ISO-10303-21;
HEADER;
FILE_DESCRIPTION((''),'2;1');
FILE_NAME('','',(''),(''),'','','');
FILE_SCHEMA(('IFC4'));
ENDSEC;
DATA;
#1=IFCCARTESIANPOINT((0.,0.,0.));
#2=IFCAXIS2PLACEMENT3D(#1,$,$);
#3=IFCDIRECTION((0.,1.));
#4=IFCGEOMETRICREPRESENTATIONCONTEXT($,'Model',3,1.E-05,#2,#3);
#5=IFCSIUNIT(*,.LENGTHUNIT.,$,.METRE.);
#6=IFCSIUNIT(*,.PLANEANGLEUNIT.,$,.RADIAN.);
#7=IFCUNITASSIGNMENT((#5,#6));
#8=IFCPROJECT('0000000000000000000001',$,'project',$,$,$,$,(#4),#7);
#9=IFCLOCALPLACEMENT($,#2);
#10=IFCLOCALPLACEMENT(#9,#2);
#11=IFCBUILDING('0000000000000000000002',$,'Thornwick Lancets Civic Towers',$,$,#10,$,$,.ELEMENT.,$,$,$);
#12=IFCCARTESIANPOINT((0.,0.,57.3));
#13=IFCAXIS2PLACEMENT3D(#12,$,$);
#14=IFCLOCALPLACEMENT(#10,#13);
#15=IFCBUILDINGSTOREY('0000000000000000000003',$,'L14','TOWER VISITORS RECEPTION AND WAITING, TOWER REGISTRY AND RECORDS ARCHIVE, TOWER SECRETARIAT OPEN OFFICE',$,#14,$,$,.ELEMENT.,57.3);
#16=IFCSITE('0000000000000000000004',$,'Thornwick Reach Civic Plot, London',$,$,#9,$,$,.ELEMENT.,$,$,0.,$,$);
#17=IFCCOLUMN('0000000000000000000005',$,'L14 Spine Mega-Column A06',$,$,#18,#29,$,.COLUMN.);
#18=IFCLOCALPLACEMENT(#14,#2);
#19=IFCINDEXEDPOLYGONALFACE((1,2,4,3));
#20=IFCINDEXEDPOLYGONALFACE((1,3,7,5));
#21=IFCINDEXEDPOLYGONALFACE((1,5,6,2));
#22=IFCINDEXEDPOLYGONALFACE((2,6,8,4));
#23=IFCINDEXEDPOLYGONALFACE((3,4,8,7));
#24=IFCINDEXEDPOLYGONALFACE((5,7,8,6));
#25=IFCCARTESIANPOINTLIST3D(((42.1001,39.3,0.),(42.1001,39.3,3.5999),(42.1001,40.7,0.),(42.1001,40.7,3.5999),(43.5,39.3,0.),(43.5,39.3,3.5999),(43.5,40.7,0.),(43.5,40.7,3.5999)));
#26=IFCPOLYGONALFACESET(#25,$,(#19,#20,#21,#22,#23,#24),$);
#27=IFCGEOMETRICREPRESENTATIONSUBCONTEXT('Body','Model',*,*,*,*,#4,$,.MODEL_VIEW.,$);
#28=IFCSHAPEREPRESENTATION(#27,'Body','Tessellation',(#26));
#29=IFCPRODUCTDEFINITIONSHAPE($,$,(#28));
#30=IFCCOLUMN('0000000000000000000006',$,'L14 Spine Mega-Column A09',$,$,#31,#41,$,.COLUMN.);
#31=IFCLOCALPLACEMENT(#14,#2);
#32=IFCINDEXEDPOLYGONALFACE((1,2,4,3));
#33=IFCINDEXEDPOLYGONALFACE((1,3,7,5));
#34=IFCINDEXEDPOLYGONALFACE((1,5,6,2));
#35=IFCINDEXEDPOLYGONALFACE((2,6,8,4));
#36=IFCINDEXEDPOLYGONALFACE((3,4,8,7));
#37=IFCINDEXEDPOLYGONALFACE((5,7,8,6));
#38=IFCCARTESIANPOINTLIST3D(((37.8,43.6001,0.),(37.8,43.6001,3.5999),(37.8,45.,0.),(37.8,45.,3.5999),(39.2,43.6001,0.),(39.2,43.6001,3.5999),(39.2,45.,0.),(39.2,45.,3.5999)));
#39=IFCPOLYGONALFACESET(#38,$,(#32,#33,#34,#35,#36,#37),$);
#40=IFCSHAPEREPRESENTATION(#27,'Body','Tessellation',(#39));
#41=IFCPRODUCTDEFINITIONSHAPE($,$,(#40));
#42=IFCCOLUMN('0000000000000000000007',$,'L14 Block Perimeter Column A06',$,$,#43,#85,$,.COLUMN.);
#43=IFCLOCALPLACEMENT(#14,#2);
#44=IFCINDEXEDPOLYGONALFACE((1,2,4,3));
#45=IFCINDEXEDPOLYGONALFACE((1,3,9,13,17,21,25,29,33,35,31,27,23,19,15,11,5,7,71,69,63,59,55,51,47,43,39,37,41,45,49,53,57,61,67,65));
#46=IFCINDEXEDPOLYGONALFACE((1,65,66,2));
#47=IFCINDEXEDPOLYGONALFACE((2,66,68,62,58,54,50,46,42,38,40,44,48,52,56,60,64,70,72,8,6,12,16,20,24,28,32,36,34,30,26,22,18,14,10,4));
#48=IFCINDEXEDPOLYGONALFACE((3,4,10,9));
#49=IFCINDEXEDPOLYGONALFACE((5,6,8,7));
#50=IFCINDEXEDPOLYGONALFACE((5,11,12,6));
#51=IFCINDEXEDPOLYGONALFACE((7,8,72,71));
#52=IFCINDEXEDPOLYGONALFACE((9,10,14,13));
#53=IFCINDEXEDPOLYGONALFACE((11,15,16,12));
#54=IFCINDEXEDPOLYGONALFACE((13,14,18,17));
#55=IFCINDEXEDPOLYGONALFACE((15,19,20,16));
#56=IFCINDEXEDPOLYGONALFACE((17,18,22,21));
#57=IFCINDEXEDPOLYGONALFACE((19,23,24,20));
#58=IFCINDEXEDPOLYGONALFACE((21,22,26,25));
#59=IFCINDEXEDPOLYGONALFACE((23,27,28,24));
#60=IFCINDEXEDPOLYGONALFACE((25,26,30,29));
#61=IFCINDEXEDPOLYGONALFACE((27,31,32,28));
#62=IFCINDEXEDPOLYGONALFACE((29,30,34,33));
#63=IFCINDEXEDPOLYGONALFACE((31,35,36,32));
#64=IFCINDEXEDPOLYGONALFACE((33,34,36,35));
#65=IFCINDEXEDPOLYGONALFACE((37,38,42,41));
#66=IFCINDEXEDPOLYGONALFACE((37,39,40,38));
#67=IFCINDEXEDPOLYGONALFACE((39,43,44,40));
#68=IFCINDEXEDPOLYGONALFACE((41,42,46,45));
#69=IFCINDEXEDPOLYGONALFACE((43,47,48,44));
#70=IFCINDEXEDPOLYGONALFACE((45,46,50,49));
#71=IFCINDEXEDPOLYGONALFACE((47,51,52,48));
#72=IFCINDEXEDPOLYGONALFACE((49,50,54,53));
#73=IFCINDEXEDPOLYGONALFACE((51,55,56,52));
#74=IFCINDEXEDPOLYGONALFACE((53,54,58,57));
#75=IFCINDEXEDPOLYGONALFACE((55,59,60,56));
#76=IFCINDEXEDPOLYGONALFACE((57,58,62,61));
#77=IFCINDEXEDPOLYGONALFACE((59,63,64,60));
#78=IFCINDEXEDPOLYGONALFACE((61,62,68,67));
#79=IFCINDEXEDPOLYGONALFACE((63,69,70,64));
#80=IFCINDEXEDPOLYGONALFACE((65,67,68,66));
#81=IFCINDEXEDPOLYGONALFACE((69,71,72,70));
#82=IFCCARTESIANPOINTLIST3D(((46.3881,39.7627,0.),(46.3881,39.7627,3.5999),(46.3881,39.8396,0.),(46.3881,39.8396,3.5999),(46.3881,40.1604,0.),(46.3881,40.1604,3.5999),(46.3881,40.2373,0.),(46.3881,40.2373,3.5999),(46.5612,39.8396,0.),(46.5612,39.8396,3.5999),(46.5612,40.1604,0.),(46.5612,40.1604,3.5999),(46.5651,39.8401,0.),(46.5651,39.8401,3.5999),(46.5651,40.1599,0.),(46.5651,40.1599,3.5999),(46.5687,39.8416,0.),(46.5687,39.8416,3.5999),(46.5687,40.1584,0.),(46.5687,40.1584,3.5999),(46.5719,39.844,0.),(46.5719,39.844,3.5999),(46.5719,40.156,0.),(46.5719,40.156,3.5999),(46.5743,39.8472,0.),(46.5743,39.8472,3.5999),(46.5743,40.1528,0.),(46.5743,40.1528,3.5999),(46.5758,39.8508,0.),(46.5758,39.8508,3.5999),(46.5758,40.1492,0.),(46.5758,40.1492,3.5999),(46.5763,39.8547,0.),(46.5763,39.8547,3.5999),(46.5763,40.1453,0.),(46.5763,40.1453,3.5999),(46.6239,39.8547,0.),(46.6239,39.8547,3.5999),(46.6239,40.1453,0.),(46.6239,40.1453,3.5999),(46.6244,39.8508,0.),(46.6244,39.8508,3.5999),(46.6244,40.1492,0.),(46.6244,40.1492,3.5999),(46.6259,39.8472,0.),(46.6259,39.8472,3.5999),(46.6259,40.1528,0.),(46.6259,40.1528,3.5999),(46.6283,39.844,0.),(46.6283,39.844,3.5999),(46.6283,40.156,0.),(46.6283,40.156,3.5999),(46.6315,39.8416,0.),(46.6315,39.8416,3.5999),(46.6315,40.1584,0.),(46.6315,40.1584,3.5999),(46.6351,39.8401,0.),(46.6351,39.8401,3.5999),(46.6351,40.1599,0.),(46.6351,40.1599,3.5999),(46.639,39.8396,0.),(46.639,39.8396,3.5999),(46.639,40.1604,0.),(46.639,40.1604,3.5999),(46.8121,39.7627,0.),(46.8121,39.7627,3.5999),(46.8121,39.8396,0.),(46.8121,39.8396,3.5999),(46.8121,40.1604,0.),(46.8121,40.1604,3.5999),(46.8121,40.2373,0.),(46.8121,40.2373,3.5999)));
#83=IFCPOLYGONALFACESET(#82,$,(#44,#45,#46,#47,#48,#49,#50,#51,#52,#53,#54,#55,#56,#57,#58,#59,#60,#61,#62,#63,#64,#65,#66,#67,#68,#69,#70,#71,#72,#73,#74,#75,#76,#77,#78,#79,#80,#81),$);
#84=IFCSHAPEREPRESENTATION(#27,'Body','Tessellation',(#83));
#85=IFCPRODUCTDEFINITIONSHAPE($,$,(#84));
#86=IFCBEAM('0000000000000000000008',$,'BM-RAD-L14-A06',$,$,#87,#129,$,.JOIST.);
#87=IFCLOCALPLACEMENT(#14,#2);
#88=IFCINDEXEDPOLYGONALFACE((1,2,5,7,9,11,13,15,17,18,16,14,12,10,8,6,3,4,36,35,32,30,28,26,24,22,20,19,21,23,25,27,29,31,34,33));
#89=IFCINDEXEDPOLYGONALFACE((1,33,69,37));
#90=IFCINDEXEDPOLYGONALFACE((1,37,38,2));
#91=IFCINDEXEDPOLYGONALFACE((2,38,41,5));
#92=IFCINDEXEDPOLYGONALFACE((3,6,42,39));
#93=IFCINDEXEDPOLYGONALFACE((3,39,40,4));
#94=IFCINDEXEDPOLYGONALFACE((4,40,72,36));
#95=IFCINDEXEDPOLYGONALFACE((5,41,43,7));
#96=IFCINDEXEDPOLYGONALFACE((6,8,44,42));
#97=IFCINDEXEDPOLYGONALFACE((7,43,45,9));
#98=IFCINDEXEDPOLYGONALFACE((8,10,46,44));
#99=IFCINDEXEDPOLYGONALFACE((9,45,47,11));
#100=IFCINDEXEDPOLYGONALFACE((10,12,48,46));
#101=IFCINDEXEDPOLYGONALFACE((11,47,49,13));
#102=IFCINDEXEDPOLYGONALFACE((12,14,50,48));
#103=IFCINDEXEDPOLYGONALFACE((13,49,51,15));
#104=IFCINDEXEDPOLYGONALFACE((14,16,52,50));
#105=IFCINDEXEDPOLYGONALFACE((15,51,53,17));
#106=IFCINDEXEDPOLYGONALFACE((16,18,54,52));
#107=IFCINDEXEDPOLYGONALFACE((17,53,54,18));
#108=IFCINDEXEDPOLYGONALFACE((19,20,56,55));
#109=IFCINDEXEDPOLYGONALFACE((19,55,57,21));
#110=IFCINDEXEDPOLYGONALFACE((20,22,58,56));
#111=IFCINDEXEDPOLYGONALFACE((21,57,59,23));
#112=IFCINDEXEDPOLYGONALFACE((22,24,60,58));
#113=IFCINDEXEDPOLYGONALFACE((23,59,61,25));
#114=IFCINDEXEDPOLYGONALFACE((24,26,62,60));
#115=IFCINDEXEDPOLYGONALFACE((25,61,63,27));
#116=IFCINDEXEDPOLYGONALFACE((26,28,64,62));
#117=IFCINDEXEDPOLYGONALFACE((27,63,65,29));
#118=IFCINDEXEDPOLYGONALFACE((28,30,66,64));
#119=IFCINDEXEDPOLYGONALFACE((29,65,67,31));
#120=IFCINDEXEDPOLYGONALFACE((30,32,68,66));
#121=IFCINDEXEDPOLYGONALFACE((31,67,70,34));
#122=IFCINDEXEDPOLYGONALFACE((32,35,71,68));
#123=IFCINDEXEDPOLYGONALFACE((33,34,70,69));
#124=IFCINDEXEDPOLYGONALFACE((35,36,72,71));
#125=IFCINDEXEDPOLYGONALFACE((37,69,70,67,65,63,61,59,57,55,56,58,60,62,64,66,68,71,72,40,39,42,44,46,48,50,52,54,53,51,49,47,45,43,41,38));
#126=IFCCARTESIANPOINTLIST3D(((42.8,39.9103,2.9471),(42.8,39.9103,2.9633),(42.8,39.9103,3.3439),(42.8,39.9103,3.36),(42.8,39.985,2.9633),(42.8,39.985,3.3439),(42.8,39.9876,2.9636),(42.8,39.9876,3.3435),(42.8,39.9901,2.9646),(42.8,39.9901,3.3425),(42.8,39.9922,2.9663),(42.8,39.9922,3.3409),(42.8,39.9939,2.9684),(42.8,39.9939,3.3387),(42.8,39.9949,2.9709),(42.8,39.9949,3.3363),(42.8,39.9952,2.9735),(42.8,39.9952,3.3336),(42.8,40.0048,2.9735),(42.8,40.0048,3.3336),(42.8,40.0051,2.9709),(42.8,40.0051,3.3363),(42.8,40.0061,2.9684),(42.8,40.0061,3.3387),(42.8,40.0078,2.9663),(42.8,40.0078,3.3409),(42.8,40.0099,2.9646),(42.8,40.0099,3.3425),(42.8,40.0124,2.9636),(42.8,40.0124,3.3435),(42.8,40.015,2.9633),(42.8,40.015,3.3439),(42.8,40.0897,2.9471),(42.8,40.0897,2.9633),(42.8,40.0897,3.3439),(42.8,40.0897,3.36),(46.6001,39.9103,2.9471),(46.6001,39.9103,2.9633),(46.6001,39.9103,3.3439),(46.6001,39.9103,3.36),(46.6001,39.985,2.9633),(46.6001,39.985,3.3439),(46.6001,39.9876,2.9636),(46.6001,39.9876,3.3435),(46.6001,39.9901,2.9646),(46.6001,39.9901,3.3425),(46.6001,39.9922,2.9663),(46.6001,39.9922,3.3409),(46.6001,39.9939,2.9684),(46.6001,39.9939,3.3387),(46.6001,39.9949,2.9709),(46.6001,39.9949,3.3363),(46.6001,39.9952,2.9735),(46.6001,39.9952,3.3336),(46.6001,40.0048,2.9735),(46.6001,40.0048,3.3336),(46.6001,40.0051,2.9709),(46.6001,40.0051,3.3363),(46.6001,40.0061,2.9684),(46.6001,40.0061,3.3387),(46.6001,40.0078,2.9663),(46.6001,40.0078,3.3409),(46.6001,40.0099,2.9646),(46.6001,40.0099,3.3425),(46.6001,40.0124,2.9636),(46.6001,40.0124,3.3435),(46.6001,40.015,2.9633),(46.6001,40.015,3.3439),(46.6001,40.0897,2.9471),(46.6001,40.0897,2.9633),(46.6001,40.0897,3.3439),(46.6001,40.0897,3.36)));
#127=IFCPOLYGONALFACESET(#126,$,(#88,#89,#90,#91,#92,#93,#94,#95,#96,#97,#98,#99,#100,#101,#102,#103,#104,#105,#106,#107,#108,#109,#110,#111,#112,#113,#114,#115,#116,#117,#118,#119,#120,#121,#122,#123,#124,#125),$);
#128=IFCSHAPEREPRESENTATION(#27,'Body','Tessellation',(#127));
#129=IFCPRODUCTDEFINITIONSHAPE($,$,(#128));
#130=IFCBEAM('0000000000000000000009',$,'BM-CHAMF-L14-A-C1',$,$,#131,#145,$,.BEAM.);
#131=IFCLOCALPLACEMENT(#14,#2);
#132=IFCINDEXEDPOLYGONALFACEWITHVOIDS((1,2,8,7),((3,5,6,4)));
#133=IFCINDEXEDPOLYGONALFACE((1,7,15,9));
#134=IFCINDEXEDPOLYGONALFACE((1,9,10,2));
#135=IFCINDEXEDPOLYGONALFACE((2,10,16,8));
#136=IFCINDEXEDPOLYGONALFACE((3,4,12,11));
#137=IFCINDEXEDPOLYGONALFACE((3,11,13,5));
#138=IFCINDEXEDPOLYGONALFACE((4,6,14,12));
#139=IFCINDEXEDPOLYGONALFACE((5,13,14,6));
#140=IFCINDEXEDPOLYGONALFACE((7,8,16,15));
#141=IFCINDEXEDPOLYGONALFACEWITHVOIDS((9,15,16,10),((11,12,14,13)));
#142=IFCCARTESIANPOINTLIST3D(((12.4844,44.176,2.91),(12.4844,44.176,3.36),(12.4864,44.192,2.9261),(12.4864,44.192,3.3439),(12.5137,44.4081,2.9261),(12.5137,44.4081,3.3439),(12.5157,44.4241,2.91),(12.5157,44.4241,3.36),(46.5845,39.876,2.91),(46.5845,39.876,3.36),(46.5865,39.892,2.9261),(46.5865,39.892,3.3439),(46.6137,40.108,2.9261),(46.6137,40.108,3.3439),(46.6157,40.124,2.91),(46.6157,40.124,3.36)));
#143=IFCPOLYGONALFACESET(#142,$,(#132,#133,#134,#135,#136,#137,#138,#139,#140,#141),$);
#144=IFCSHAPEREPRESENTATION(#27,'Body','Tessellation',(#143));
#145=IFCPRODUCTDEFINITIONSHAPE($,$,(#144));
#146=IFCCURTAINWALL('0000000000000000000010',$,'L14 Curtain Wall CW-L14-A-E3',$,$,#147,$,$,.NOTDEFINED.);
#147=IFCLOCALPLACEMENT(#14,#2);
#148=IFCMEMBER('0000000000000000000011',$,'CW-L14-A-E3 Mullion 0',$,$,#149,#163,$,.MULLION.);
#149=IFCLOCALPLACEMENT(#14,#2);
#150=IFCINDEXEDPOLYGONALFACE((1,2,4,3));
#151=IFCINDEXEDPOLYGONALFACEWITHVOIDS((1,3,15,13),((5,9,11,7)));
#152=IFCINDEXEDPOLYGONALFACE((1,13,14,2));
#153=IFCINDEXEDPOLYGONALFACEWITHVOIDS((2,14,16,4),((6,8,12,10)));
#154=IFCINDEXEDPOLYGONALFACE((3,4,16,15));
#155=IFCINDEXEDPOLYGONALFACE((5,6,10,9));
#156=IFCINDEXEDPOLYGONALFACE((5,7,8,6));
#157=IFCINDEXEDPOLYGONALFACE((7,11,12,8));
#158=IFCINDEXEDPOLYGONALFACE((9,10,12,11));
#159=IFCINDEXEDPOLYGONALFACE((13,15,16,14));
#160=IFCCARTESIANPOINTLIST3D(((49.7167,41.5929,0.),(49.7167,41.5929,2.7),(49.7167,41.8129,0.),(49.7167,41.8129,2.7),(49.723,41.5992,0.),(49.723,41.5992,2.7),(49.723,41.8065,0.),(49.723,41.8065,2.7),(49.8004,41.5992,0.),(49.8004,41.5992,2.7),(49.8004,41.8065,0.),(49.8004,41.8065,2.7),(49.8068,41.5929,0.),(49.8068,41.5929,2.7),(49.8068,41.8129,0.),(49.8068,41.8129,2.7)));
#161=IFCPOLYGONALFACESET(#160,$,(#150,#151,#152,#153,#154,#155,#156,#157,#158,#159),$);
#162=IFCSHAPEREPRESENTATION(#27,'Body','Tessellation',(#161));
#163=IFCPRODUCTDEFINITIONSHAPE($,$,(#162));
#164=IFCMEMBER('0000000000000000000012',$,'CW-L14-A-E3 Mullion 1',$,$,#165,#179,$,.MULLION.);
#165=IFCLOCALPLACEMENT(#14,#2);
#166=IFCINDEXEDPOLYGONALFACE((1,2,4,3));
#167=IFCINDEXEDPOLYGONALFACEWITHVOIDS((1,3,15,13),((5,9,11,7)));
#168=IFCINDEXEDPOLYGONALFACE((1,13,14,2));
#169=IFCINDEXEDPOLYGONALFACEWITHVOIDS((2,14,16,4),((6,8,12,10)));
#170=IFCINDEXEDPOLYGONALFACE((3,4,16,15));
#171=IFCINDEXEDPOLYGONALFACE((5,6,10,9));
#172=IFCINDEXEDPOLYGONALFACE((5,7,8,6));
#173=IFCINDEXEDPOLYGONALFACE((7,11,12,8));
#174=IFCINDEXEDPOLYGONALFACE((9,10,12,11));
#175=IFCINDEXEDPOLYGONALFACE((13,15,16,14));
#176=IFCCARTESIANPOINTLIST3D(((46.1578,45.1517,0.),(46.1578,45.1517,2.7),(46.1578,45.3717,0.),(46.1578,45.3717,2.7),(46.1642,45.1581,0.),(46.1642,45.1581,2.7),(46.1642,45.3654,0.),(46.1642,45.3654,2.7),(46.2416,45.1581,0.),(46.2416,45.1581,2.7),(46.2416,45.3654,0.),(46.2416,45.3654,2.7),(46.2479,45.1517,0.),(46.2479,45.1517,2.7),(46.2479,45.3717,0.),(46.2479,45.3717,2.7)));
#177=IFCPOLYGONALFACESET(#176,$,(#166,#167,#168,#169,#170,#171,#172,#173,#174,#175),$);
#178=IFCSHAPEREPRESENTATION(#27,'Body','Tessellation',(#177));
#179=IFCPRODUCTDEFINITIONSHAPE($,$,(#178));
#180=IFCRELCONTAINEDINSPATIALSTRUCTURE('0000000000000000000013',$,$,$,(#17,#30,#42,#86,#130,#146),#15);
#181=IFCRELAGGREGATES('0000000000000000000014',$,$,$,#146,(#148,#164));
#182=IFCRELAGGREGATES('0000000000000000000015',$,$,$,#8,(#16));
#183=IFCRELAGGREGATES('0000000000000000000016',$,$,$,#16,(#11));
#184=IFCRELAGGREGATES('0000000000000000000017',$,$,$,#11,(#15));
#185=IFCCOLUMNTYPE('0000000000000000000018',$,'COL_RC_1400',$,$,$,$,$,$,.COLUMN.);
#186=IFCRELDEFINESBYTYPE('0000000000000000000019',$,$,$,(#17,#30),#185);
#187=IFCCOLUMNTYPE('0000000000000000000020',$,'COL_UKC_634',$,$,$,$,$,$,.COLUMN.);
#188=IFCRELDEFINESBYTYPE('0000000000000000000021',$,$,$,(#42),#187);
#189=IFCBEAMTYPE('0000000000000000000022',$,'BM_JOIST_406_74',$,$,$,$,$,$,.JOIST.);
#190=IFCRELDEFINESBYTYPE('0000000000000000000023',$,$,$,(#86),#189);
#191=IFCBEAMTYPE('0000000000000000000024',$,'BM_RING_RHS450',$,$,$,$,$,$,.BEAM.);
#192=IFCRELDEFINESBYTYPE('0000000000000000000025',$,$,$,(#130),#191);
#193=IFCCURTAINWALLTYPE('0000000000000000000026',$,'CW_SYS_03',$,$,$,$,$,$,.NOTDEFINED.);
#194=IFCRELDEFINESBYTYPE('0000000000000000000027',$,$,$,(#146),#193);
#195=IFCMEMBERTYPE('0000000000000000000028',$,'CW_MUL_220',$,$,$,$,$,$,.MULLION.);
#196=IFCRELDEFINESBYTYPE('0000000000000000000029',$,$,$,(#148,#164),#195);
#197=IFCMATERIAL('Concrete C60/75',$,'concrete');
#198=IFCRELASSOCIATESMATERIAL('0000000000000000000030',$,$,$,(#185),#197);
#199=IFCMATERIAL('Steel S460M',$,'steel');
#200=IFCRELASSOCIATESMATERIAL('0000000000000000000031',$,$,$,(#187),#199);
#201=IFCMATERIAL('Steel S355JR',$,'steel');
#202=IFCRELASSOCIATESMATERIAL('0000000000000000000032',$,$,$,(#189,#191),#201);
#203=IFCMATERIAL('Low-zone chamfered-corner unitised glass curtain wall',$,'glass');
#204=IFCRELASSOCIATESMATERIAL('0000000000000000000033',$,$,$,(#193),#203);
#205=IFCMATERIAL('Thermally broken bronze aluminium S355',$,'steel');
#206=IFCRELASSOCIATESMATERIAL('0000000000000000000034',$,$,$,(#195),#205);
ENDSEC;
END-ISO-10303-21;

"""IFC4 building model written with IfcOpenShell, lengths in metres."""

from ifc_helpers import new_model, si_unit, direction, frame, origin, origin_2d, place, context, subcontext, project, spatial, rectangle, hollow_rectangle, i_section, extrude, material, material_profile, profile_set, type_object, element, aggregate, save


model = new_model("IFC4")

# Units and contexts
model_context = context("Model", 3, precision=1e-05, world=origin(), true_north=direction((0.0, 1.0)))
body_context = subcontext(model_context, "Body", "Model", "MODEL_VIEW")
ifc_project = project(units=[si_unit("LENGTHUNIT", "METRE"), si_unit("PLANEANGLEUNIT", "RADIAN")], contexts=[model_context])

# Site, building, storey
site_placement = place(None, origin())
site = spatial("IfcSite", under=ifc_project, at=site_placement, Name="Thornwick Reach Civic Plot, London", CompositionType="ELEMENT", RefElevation=0.0)
building_placement = place(site_placement, origin())
building = spatial("IfcBuilding", under=site, at=building_placement, Name="Thornwick Lancets Civic Towers", CompositionType="ELEMENT")
storey_placement = place(building_placement, frame((0.0, 0.0, 57.3)))
storey = spatial("IfcBuildingStorey", under=building, at=storey_placement, Name="L14", Description="TOWER VISITORS RECEPTION AND WAITING, TOWER REGISTRY AND RECORDS ARCHIVE, TOWER SECRETARIAT OPEN OFFICE", CompositionType="ELEMENT", Elevation=57.3)

# Columns
ifc_material_1 = material(Name="Concrete C60/75", Category="concrete")
ifc_material_profile_1 = material_profile(ifc_material_1, rectangle(XDim=1.3999, YDim=1.3999, at=origin_2d()), Name="RC 1400x1400")
ifc_profile_set_1 = profile_set([ifc_material_profile_1], Name="Concrete C60/75")
column_type_1 = type_object("IfcColumnType", Name="COL_RC_1400", PredefinedType="COLUMN", material=ifc_profile_set_1)
for number, where, z_axis, x_axis, name in (
    (1, (42.8, 40.0, 0.0), (0.0, 0.0, 1.0), (1.0, 0.0, 0.0), "L14 Spine Mega-Column A06"),
    (2, (38.5, 44.3, 0.0), (0.0, 0.0, 1.0), (1.0, 0.0, 0.0), "L14 Spine Mega-Column A09"),
):
    element("IfcColumn", number, at=place(storey_placement, frame(where, z_axis=z_axis, x_axis=x_axis)), inside=storey, type_object=column_type_1, Name=name, PredefinedType="COLUMN", context=body_context, shape_type="SweptSolid", body=[
        extrude(rectangle(XDim=1.3999, YDim=1.3999, at=origin_2d()), origin(), (0.0, 0.0, 1.0), 3.5999),
    ])
ifc_material_2 = material(Name="Steel S460M", Category="steel")
ifc_material_profile_2 = material_profile(ifc_material_2, i_section(OverallWidth=0.4241, OverallDepth=0.4746, WebThickness=0.0476, FlangeThickness=0.0769, FilletRadius=0.0151, at=origin_2d()), Name="UKC 356x406x634")
ifc_profile_set_2 = profile_set([ifc_material_profile_2], Name="Steel S460M")
column_type_2 = type_object("IfcColumnType", Name="COL_UKC_634", PredefinedType="COLUMN", material=ifc_profile_set_2)
column_placement = place(storey_placement, frame((46.6001, 40.0, 0.0), z_axis=(0.0, 0.0, 1.0), x_axis=(1.0, 0.0, 0.0)))
element("IfcColumn", 3, at=column_placement, inside=storey, type_object=column_type_2, Name="L14 Block Perimeter Column A06", PredefinedType="COLUMN", context=body_context, shape_type="SweptSolid", body=[
    extrude(i_section(OverallWidth=0.4241, OverallDepth=0.4746, WebThickness=0.0476, FlangeThickness=0.0769, FilletRadius=0.0151, at=origin_2d()), origin(), (0.0, 0.0, 1.0), 3.5999),
])

# Beams
ifc_material_3 = material(Name="Steel S355JR", Category="steel")
ifc_material_profile_3 = material_profile(ifc_material_3, i_section(OverallWidth=0.1794, OverallDepth=0.4128, WebThickness=0.0095, FlangeThickness=0.0161, FilletRadius=0.0103, at=origin_2d()), Name="UKB 406x178x74")
ifc_profile_set_3 = profile_set([ifc_material_profile_3], Name="Steel S355JR")
beam_type_1 = type_object("IfcBeamType", Name="BM_JOIST_406_74", PredefinedType="JOIST", material=ifc_profile_set_3)
beam_1_placement = place(storey_placement, frame((42.8, 40.0, 3.1536), z_axis=(1.0, 0.0, 0.0), x_axis=(0.0, 1.0, 0.0)))
element("IfcBeam", 4, at=beam_1_placement, inside=storey, type_object=beam_type_1, Name="BM-RAD-L14-A06", PredefinedType="JOIST", context=body_context, shape_type="SweptSolid", body=[
    extrude(i_section(OverallWidth=0.1794, OverallDepth=0.4128, WebThickness=0.0095, FlangeThickness=0.0161, FilletRadius=0.0103, at=origin_2d()), origin(), (0.0, 0.0, 1.0), 3.8),
])
ifc_material_profile_4 = material_profile(ifc_material_3, hollow_rectangle(XDim=0.25, YDim=0.45, WallThickness=0.0161, at=origin_2d()), Name="RHS 450x250x16")
ifc_profile_set_4 = profile_set([ifc_material_profile_4], Name="Steel S355JR")
beam_type_2 = type_object("IfcBeamType", Name="BM_RING_RHS450", PredefinedType="BEAM", material=ifc_profile_set_4)
beam_2_placement = place(storey_placement, frame((46.6001, 40.0, 3.135), z_axis=(-0.992143, 0.12511, 0.0), x_axis=(-0.12511, -0.992143, 0.0)))
element("IfcBeam", 5, at=beam_2_placement, inside=storey, type_object=beam_type_2, Name="BM-CHAMF-L14-A-C1", PredefinedType="BEAM", context=body_context, shape_type="SweptSolid", body=[
    extrude(hollow_rectangle(XDim=0.25, YDim=0.45, WallThickness=0.0161, at=origin_2d()), origin(), (0.0, 0.0, 1.0), 34.3701),
])

# Curtain wall, members
ifc_material_4 = material(Name="Low-zone chamfered-corner unitised glass curtain wall", Category="glass")
curtain_wall_type = type_object("IfcCurtainWallType", Name="CW_SYS_03", PredefinedType="NOTDEFINED", material=ifc_material_4)
curtain_wall_placement = place(storey_placement, origin())
curtain_wall = element("IfcCurtainWall", 6, at=curtain_wall_placement, inside=storey, type_object=curtain_wall_type, Name="L14 Curtain Wall CW-L14-A-E3", PredefinedType="NOTDEFINED")
ifc_material_5 = material(Name="Thermally broken bronze aluminium S355", Category="steel")
ifc_material_profile_5 = material_profile(ifc_material_5, hollow_rectangle(XDim=0.0901, YDim=0.22, WallThickness=0.0063, at=origin_2d()), Name="RHS 220x90x6.3")
ifc_profile_set_5 = profile_set([ifc_material_profile_5], Name="Thermally broken bronze aluminium S355")
member_type_1 = type_object("IfcMemberType", Name="CW_MUL_220", PredefinedType="MULLION", material=ifc_profile_set_5)
member_1_placement = place(storey_placement, frame((49.7617, 41.7029, 0.0), z_axis=(0.0, 0.0, 1.0), x_axis=(1.0, 0.0, 0.0)))
member_1 = element("IfcMember", 7, at=member_1_placement, type_object=member_type_1, Name="CW-L14-A-E3 Mullion 0", PredefinedType="MULLION", context=body_context, shape_type="SweptSolid", body=[
    extrude(hollow_rectangle(XDim=0.0901, YDim=0.22, WallThickness=0.0063, at=origin_2d()), origin(), (0.0, 0.0, 1.0), 2.7),
])
member_2_placement = place(storey_placement, frame((46.2029, 45.2617, 0.0), z_axis=(0.0, 0.0, 1.0), x_axis=(1.0, 0.0, 0.0)))
member_2 = element("IfcMember", 8, at=member_2_placement, type_object=member_type_1, Name="CW-L14-A-E3 Mullion 1", PredefinedType="MULLION", context=body_context, shape_type="SweptSolid", body=[
    extrude(hollow_rectangle(XDim=0.0901, YDim=0.22, WallThickness=0.0063, at=origin_2d()), origin(), (0.0, 0.0, 1.0), 2.7),
])
aggregate(curtain_wall, [member_1, member_2])

save(model, "model.ifc")
